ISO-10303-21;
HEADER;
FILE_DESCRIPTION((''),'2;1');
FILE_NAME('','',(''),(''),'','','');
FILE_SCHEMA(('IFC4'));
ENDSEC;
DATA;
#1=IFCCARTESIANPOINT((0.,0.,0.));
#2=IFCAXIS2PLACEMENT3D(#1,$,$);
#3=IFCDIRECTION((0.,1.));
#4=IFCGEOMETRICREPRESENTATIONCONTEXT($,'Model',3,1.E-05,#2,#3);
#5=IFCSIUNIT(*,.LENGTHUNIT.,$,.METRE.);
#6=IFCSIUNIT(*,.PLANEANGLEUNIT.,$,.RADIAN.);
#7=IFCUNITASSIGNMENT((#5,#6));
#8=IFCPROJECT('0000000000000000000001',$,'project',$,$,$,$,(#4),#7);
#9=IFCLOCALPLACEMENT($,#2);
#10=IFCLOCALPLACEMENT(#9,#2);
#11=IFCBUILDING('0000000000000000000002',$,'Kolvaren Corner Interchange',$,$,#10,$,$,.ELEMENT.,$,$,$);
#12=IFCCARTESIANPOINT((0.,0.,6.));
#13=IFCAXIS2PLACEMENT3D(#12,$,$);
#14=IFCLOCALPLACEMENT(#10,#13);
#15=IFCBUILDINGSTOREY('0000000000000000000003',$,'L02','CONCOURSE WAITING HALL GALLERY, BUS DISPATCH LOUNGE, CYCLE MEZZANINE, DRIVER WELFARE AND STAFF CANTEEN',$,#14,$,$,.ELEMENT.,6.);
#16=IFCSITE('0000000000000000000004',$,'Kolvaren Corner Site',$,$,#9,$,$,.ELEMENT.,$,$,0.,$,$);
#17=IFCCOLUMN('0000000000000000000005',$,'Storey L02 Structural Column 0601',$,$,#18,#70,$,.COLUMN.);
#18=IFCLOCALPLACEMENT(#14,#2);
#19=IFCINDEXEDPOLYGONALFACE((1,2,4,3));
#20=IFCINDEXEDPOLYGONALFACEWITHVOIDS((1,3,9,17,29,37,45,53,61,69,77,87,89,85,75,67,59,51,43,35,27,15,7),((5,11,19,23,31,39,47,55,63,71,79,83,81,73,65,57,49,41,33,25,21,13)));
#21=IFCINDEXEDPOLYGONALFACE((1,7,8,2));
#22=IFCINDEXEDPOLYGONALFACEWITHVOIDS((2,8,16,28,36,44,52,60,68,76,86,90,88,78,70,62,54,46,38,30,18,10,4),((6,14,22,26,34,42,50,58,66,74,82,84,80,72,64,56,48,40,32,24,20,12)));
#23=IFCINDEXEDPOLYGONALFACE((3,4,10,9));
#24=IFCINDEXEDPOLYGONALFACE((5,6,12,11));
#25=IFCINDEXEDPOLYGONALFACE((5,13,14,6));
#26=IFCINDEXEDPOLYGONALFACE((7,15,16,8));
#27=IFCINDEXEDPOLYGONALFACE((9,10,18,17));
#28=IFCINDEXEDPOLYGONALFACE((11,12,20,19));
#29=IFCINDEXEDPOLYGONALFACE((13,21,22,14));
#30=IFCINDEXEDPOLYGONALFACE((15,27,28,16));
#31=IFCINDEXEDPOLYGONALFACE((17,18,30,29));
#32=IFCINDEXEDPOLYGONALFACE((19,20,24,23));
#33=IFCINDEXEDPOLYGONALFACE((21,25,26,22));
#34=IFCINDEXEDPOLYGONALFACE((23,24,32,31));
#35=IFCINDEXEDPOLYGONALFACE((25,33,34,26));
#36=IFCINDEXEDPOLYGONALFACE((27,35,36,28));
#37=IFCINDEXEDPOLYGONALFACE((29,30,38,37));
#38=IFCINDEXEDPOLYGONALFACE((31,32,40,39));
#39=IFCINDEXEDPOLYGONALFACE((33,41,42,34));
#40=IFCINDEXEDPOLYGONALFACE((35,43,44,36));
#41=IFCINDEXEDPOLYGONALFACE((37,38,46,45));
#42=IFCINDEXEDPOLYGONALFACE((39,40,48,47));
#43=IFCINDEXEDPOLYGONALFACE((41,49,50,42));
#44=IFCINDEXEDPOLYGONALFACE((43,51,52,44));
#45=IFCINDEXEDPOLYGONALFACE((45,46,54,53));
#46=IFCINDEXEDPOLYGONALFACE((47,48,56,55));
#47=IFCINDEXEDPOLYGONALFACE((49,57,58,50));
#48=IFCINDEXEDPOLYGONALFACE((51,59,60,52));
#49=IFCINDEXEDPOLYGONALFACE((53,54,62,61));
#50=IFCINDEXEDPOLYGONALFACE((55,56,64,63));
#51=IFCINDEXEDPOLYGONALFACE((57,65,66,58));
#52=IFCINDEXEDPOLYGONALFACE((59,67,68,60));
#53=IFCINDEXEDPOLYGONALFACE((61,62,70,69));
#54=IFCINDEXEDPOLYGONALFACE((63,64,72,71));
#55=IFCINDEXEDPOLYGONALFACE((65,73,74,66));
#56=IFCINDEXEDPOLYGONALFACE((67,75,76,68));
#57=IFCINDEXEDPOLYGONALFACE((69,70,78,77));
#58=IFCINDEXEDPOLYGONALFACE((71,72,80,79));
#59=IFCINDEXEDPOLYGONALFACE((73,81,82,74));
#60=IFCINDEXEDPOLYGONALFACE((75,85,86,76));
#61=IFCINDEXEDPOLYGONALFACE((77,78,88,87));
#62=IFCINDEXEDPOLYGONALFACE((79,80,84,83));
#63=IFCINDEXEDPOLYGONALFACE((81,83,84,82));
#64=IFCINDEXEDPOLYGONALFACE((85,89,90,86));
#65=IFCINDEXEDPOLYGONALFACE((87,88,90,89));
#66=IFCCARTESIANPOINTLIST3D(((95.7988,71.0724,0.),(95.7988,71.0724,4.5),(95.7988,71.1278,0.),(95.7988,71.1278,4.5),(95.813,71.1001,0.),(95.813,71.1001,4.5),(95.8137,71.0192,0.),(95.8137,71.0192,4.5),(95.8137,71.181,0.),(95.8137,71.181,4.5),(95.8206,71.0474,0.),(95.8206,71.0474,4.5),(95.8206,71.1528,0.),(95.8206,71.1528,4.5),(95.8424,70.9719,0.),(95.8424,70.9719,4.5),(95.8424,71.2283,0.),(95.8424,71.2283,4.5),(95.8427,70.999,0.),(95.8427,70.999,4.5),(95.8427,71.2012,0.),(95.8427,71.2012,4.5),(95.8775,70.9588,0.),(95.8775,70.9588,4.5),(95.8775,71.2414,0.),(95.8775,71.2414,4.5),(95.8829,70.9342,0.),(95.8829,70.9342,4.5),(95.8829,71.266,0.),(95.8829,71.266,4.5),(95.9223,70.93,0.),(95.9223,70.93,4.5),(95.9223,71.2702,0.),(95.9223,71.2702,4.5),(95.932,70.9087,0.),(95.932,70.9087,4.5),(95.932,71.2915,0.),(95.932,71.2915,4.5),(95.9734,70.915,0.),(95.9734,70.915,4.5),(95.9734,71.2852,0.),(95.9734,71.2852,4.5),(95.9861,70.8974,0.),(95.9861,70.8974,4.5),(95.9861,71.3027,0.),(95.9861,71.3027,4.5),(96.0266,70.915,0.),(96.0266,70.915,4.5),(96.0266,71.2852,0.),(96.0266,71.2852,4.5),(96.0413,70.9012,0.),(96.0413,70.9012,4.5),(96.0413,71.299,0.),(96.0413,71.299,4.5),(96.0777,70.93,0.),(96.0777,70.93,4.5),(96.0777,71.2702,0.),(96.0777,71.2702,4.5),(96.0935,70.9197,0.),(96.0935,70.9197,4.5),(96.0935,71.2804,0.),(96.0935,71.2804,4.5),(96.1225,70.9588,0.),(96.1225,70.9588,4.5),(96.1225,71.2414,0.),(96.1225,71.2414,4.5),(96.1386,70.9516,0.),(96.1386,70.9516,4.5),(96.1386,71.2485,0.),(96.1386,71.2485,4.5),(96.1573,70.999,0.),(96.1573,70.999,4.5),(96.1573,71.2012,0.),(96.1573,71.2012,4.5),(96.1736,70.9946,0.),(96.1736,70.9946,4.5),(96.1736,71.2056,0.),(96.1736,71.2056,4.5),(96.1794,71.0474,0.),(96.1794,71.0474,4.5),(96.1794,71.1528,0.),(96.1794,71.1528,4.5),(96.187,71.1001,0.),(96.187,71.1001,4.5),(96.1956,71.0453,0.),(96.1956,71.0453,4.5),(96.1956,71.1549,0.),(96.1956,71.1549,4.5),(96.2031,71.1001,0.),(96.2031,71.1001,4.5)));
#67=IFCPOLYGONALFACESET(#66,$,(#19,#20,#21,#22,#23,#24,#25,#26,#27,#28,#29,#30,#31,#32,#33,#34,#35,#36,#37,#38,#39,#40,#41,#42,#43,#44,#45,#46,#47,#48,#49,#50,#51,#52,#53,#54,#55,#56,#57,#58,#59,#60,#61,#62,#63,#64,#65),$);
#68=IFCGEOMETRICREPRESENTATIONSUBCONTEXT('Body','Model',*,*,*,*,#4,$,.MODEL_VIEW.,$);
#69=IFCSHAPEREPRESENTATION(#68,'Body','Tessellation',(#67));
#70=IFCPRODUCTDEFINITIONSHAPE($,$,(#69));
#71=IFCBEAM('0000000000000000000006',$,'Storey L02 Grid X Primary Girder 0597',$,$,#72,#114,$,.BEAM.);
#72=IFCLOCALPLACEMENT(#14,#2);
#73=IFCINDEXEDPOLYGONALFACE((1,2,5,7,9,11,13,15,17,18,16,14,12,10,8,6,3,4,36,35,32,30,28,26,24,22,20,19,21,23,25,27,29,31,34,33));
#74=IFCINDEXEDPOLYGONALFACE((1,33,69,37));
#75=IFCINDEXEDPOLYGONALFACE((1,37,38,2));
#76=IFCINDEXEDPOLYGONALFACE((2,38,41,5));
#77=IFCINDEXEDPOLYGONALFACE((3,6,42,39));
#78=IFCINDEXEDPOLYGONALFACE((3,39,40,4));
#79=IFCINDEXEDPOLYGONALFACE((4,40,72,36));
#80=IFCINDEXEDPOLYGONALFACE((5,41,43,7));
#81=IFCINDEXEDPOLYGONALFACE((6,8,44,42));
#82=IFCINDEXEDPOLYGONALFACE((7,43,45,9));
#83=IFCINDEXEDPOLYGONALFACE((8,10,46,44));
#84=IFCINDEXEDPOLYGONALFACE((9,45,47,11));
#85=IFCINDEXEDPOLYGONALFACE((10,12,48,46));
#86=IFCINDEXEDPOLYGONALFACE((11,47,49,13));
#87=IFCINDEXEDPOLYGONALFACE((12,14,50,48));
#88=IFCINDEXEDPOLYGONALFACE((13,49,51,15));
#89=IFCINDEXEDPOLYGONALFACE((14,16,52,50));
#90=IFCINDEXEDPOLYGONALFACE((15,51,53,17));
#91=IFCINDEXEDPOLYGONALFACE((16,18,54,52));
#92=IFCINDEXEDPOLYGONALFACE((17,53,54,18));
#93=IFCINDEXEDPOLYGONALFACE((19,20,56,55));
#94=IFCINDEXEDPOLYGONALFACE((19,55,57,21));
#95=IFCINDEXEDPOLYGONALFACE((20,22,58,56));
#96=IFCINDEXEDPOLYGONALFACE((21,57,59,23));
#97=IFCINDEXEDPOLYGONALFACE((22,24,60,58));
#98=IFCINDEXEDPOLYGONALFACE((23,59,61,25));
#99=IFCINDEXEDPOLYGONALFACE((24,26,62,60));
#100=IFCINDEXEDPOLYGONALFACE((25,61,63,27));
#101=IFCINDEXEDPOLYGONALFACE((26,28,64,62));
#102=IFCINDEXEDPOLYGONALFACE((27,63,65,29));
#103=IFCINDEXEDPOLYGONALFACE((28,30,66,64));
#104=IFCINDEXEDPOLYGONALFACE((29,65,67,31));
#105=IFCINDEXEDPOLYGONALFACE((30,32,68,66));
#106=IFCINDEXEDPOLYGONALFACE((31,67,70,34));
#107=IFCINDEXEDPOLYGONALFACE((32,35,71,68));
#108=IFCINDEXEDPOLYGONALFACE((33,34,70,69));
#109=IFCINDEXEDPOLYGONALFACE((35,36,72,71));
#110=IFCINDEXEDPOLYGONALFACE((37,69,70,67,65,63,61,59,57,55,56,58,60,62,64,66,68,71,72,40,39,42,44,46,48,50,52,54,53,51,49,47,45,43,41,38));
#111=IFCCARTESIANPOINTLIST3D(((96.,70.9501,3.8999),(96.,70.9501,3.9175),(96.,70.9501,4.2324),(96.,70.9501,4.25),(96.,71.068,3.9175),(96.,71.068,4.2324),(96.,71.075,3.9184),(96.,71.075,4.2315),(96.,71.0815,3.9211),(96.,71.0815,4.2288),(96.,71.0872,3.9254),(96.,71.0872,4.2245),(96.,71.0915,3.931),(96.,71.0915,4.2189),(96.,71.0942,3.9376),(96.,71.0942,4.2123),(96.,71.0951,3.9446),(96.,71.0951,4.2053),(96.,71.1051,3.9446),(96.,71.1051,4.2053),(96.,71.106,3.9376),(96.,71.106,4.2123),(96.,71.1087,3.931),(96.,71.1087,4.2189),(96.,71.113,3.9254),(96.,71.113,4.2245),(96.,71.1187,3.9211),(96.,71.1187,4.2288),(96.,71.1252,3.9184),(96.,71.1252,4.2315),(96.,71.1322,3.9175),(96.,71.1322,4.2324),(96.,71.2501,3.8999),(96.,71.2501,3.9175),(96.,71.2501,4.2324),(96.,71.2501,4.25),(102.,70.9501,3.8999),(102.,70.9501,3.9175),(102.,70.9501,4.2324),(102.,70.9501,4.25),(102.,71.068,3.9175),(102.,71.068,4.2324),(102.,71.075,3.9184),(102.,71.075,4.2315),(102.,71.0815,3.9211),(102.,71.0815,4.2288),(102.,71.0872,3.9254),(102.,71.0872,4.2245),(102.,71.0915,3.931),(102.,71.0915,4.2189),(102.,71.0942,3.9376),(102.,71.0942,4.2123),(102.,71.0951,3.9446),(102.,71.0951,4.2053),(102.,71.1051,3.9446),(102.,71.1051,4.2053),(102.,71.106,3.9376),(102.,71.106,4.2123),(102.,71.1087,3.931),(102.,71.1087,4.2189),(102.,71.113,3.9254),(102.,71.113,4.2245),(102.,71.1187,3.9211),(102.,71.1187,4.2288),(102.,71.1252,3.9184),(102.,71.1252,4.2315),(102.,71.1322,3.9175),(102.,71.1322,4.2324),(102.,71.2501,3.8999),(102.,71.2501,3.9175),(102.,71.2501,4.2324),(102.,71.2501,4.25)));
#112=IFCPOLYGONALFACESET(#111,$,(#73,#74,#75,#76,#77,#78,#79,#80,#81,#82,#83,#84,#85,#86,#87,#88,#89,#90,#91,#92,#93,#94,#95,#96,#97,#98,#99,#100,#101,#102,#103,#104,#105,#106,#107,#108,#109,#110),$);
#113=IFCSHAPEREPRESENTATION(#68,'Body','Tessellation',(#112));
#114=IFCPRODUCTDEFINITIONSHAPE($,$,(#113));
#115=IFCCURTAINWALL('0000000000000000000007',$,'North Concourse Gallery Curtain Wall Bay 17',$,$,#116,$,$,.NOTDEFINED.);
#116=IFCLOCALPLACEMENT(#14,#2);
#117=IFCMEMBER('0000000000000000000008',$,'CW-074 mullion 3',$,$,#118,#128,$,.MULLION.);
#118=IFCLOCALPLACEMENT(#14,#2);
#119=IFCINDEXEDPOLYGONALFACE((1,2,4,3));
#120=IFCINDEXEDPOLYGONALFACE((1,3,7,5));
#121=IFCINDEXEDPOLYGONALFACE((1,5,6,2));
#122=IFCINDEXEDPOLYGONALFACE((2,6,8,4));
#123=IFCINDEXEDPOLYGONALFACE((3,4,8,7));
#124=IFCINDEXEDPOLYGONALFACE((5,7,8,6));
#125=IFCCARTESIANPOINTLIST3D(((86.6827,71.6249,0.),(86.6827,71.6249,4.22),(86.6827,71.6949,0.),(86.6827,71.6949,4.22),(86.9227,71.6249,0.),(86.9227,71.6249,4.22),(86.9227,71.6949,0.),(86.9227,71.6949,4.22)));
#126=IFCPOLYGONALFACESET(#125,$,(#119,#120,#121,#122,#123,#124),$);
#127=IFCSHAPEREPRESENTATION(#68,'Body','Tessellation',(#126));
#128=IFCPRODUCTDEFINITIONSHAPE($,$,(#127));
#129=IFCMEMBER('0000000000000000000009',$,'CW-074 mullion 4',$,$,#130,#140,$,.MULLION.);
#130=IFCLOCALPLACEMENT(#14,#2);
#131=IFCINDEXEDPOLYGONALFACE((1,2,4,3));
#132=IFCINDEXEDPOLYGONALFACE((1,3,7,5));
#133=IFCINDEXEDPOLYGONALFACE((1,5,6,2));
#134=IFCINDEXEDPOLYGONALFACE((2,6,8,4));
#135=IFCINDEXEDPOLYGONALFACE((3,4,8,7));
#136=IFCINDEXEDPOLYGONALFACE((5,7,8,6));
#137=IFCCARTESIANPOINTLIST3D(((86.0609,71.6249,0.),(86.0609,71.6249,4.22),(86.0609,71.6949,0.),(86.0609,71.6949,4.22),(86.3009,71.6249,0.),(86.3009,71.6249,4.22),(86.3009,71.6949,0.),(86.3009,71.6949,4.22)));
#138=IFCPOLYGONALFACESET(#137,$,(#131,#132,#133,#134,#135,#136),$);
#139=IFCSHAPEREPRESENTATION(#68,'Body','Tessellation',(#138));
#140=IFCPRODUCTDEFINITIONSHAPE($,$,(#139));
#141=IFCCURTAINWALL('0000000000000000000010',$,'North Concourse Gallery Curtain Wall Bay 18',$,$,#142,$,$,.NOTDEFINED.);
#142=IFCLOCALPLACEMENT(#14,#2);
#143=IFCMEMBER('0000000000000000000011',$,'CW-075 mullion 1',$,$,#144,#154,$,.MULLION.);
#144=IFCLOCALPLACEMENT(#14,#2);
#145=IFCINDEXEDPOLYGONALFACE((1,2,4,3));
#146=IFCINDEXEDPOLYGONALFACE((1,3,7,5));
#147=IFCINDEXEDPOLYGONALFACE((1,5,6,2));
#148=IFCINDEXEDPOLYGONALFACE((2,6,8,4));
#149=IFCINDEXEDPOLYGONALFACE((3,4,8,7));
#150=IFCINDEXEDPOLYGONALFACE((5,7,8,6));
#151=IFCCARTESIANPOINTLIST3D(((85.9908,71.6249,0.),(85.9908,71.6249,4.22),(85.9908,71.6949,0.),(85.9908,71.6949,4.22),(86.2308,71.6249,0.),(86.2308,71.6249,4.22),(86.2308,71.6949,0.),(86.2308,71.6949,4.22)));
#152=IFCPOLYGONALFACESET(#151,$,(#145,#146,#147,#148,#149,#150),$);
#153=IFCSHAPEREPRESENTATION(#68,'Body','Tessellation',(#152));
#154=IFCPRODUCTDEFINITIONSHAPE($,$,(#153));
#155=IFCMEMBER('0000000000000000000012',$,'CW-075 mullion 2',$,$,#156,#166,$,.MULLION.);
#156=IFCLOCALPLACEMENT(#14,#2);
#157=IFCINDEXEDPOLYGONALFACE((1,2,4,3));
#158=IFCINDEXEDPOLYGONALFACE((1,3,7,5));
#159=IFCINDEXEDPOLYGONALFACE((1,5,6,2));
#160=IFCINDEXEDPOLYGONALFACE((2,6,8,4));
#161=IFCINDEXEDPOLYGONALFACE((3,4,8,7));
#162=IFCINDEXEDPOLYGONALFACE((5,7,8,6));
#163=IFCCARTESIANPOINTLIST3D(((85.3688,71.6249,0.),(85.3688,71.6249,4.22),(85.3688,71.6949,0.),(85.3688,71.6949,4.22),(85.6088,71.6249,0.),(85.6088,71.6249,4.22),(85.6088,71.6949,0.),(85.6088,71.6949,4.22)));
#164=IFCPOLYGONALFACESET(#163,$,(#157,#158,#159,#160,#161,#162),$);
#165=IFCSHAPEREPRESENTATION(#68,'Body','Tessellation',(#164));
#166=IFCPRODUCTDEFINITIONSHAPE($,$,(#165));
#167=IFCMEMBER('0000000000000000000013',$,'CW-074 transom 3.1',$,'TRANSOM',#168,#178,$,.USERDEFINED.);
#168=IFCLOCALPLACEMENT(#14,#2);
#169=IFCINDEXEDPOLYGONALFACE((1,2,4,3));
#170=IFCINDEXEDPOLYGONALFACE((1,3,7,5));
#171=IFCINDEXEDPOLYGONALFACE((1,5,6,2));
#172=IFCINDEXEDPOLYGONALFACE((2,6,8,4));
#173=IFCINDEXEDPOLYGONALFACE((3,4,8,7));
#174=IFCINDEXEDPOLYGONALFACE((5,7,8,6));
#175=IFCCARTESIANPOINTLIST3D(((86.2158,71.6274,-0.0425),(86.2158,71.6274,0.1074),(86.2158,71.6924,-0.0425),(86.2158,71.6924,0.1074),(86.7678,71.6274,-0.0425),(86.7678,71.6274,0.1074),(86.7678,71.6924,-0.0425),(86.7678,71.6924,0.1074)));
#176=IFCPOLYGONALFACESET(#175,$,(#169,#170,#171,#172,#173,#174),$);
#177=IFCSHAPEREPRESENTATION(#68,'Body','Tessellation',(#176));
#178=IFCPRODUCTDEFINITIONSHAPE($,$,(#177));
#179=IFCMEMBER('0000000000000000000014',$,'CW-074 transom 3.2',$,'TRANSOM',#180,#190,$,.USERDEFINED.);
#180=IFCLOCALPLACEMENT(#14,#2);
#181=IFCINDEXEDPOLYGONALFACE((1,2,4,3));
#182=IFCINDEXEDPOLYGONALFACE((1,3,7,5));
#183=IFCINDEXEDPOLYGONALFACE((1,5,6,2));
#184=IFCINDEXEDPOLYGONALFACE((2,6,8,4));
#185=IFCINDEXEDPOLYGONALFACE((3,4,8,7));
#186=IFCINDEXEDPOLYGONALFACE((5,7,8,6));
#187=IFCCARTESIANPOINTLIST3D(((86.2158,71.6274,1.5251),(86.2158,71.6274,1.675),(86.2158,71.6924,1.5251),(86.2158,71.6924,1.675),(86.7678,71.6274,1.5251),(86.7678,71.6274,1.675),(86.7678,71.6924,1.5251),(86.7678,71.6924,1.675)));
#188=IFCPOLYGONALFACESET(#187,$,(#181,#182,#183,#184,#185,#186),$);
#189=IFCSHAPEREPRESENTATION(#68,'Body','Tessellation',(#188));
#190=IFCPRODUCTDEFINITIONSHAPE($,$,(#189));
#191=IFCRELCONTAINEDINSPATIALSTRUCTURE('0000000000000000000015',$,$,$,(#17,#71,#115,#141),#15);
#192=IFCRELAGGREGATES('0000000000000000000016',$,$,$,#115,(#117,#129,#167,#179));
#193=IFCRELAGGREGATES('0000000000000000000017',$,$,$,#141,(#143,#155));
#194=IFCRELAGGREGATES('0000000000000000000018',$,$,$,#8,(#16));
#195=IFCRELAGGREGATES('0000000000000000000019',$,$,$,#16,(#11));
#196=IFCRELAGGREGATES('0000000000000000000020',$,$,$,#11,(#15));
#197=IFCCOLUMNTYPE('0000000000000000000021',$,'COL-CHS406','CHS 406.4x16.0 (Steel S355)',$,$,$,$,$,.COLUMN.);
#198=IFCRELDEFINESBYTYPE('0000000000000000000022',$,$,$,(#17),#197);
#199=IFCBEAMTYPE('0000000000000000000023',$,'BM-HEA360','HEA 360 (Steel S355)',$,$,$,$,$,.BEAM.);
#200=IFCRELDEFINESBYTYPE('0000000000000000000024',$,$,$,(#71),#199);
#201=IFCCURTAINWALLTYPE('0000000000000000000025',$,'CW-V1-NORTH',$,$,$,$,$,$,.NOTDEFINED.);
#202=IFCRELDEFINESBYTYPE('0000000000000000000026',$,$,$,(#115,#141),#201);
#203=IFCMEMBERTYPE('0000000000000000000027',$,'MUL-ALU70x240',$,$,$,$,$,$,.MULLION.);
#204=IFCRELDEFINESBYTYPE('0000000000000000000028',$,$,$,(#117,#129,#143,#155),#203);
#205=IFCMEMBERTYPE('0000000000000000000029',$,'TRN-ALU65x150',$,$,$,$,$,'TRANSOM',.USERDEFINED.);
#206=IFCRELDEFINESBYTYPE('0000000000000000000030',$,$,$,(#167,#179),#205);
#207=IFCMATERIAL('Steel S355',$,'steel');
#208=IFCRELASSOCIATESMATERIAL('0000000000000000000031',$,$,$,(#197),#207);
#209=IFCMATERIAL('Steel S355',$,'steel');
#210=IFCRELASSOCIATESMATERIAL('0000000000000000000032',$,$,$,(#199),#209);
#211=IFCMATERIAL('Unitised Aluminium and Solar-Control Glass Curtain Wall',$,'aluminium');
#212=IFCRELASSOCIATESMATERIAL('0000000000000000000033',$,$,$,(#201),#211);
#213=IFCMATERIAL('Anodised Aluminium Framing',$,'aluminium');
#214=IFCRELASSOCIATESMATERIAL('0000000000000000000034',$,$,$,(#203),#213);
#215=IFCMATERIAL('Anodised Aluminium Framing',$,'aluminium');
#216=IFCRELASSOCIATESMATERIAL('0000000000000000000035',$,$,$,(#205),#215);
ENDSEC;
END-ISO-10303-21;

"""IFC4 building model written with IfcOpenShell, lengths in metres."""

from ifc_helpers import new_model, si_unit, direction, frame, origin, origin_2d, place, context, subcontext, project, spatial, rectangle, hollow_circle, i_section, extrude, material, material_profile, profile_set, type_object, element, aggregate, save


model = new_model("IFC4")

# Units and contexts
model_context = context("Model", 3, precision=1e-05, world=origin(), true_north=direction((0.0, 1.0)))
body_context = subcontext(model_context, "Body", "Model", "MODEL_VIEW")
ifc_project = project(units=[si_unit("LENGTHUNIT", "METRE"), si_unit("PLANEANGLEUNIT", "RADIAN")], contexts=[model_context])

# Site, building, storey
site_placement = place(None, origin())
site = spatial("IfcSite", under=ifc_project, at=site_placement, Name="Kolvaren Corner Site", CompositionType="ELEMENT", RefElevation=0.0)
building_placement = place(site_placement, origin())
building = spatial("IfcBuilding", under=site, at=building_placement, Name="Kolvaren Corner Interchange", CompositionType="ELEMENT")
storey_placement = place(building_placement, frame((0.0, 0.0, 6.0)))
storey = spatial("IfcBuildingStorey", under=building, at=storey_placement, Name="L02", Description="CONCOURSE WAITING HALL GALLERY, BUS DISPATCH LOUNGE, CYCLE MEZZANINE, DRIVER WELFARE AND STAFF CANTEEN", CompositionType="ELEMENT", Elevation=6.0)

# Column
ifc_material_1 = material(Name="Steel S355", Category="steel")
ifc_material_profile_1 = material_profile(ifc_material_1, hollow_circle(Radius=0.2031, WallThickness=0.0161, at=origin_2d()), Name="CHS 406.4x16.0")
ifc_profile_set_1 = profile_set([ifc_material_profile_1], Name="Steel S355")
column_type = type_object("IfcColumnType", Name="COL-CHS406", Description="CHS 406.4x16.0 (Steel S355)", PredefinedType="COLUMN", material=ifc_profile_set_1)
column_placement = place(storey_placement, frame((96.0, 71.1001, 0.0), z_axis=(0.0, 0.0, 1.0), x_axis=(1.0, 0.0, 0.0)))
element("IfcColumn", 1, at=column_placement, inside=storey, type_object=column_type, Name="Storey L02 Structural Column 0601", PredefinedType="COLUMN", context=body_context, shape_type="SweptSolid", body=[
    extrude(hollow_circle(Radius=0.2031, WallThickness=0.0161, at=origin_2d()), origin(), (0.0, 0.0, 1.0), 4.5),
])

# Beam
ifc_material_2 = material(Name="Steel S355", Category="steel")
ifc_material_profile_2 = material_profile(ifc_material_2, i_section(OverallWidth=0.3, OverallDepth=0.3501, WebThickness=0.01, FlangeThickness=0.0176, FilletRadius=0.0271, at=origin_2d()), Name="HEA 360")
ifc_profile_set_2 = profile_set([ifc_material_profile_2], Name="Steel S355")
beam_type = type_object("IfcBeamType", Name="BM-HEA360", Description="HEA 360 (Steel S355)", PredefinedType="BEAM", material=ifc_profile_set_2)
beam_placement = place(storey_placement, frame((96.0, 71.1001, 4.075), z_axis=(1.0, 0.0, 0.0), x_axis=(0.0, 1.0, 0.0)))
element("IfcBeam", 2, at=beam_placement, inside=storey, type_object=beam_type, Name="Storey L02 Grid X Primary Girder 0597", PredefinedType="BEAM", context=body_context, shape_type="SweptSolid", body=[
    extrude(i_section(OverallWidth=0.3, OverallDepth=0.3501, WebThickness=0.01, FlangeThickness=0.0176, FilletRadius=0.0271, at=origin_2d()), origin(), (0.0, 0.0, 1.0), 6.0),
])

# Curtain walls, members
ifc_material_3 = material(Name="Unitised Aluminium and Solar-Control Glass Curtain Wall", Category="aluminium")
curtain_wall_type = type_object("IfcCurtainWallType", Name="CW-V1-NORTH", PredefinedType="NOTDEFINED", material=ifc_material_3)
curtain_wall_1_placement = place(storey_placement, origin())
curtain_wall_1 = element("IfcCurtainWall", 3, at=curtain_wall_1_placement, inside=storey, type_object=curtain_wall_type, Name="North Concourse Gallery Curtain Wall Bay 17", PredefinedType="NOTDEFINED")
ifc_material_4 = material(Name="Anodised Aluminium Framing", Category="aluminium")
ifc_material_profile_3 = material_profile(ifc_material_4, rectangle(XDim=0.0701, YDim=0.24, at=origin_2d()), Name="ALU 70x240")
ifc_profile_set_3 = profile_set([ifc_material_profile_3], Name="Anodised Aluminium Framing")
member_type_1 = type_object("IfcMemberType", Name="MUL-ALU70x240", PredefinedType="MULLION", material=ifc_profile_set_3)
member_1_placement = place(storey_placement, frame((86.8027, 71.6599, 0.0), z_axis=(0.0, 0.0, 1.0), x_axis=(0.0, -1.0, 0.0)))
member_1 = element("IfcMember", 4, at=member_1_placement, type_object=member_type_1, Name="CW-074 mullion 3", PredefinedType="MULLION", context=body_context, shape_type="SweptSolid", body=[
    extrude(rectangle(XDim=0.0701, YDim=0.24, at=origin_2d()), origin(), (0.0, 0.0, 1.0), 4.22),
])
member_2_placement = place(storey_placement, frame((86.1809, 71.6599, 0.0), z_axis=(0.0, 0.0, 1.0), x_axis=(0.0, -1.0, 0.0)))
member_2 = element("IfcMember", 5, at=member_2_placement, type_object=member_type_1, Name="CW-074 mullion 4", PredefinedType="MULLION", context=body_context, shape_type="SweptSolid", body=[
    extrude(rectangle(XDim=0.0701, YDim=0.24, at=origin_2d()), origin(), (0.0, 0.0, 1.0), 4.22),
])
curtain_wall_2_placement = place(storey_placement, origin())
curtain_wall_2 = element("IfcCurtainWall", 6, at=curtain_wall_2_placement, inside=storey, type_object=curtain_wall_type, Name="North Concourse Gallery Curtain Wall Bay 18", PredefinedType="NOTDEFINED")
member_3_placement = place(storey_placement, frame((86.1108, 71.6599, 0.0), z_axis=(0.0, 0.0, 1.0), x_axis=(0.0, -1.0, 0.0)))
member_3 = element("IfcMember", 7, at=member_3_placement, type_object=member_type_1, Name="CW-075 mullion 1", PredefinedType="MULLION", context=body_context, shape_type="SweptSolid", body=[
    extrude(rectangle(XDim=0.0701, YDim=0.24, at=origin_2d()), origin(), (0.0, 0.0, 1.0), 4.22),
])
member_4_placement = place(storey_placement, frame((85.4888, 71.6599, 0.0), z_axis=(0.0, 0.0, 1.0), x_axis=(0.0, -1.0, 0.0)))
member_4 = element("IfcMember", 8, at=member_4_placement, type_object=member_type_1, Name="CW-075 mullion 2", PredefinedType="MULLION", context=body_context, shape_type="SweptSolid", body=[
    extrude(rectangle(XDim=0.0701, YDim=0.24, at=origin_2d()), origin(), (0.0, 0.0, 1.0), 4.22),
])

# Members
ifc_material_5 = material(Name="Anodised Aluminium Framing", Category="aluminium")
ifc_material_profile_4 = material_profile(ifc_material_5, rectangle(XDim=0.0649, YDim=0.1499, at=origin_2d()), Name="ALU 65x150")
ifc_profile_set_4 = profile_set([ifc_material_profile_4], Name="Anodised Aluminium Framing")
member_type_2 = type_object("IfcMemberType", Name="TRN-ALU65x150", ElementType="TRANSOM", PredefinedType="USERDEFINED", material=ifc_profile_set_4)
member_5_placement = place(storey_placement, frame((86.7678, 71.6599, 0.0325), z_axis=(-1.0, 0.0, 0.0), x_axis=(0.0, -1.0, 0.0)))
member_5 = element("IfcMember", 9, at=member_5_placement, type_object=member_type_2, Name="CW-074 transom 3.1", ObjectType="TRANSOM", PredefinedType="USERDEFINED", context=body_context, shape_type="SweptSolid", body=[
    extrude(rectangle(XDim=0.0649, YDim=0.1499, at=origin_2d()), origin(), (0.0, 0.0, 1.0), 0.552),
])
member_6_placement = place(storey_placement, frame((86.7678, 71.6599, 1.6001), z_axis=(-1.0, 0.0, 0.0), x_axis=(0.0, -1.0, 0.0)))
member_6 = element("IfcMember", 10, at=member_6_placement, type_object=member_type_2, Name="CW-074 transom 3.2", ObjectType="TRANSOM", PredefinedType="USERDEFINED", context=body_context, shape_type="SweptSolid", body=[
    extrude(rectangle(XDim=0.0649, YDim=0.1499, at=origin_2d()), origin(), (0.0, 0.0, 1.0), 0.552),
])

aggregate(curtain_wall_1, [member_1, member_2, member_5, member_6])
aggregate(curtain_wall_2, [member_3, member_4])

save(model, "model.ifc")
